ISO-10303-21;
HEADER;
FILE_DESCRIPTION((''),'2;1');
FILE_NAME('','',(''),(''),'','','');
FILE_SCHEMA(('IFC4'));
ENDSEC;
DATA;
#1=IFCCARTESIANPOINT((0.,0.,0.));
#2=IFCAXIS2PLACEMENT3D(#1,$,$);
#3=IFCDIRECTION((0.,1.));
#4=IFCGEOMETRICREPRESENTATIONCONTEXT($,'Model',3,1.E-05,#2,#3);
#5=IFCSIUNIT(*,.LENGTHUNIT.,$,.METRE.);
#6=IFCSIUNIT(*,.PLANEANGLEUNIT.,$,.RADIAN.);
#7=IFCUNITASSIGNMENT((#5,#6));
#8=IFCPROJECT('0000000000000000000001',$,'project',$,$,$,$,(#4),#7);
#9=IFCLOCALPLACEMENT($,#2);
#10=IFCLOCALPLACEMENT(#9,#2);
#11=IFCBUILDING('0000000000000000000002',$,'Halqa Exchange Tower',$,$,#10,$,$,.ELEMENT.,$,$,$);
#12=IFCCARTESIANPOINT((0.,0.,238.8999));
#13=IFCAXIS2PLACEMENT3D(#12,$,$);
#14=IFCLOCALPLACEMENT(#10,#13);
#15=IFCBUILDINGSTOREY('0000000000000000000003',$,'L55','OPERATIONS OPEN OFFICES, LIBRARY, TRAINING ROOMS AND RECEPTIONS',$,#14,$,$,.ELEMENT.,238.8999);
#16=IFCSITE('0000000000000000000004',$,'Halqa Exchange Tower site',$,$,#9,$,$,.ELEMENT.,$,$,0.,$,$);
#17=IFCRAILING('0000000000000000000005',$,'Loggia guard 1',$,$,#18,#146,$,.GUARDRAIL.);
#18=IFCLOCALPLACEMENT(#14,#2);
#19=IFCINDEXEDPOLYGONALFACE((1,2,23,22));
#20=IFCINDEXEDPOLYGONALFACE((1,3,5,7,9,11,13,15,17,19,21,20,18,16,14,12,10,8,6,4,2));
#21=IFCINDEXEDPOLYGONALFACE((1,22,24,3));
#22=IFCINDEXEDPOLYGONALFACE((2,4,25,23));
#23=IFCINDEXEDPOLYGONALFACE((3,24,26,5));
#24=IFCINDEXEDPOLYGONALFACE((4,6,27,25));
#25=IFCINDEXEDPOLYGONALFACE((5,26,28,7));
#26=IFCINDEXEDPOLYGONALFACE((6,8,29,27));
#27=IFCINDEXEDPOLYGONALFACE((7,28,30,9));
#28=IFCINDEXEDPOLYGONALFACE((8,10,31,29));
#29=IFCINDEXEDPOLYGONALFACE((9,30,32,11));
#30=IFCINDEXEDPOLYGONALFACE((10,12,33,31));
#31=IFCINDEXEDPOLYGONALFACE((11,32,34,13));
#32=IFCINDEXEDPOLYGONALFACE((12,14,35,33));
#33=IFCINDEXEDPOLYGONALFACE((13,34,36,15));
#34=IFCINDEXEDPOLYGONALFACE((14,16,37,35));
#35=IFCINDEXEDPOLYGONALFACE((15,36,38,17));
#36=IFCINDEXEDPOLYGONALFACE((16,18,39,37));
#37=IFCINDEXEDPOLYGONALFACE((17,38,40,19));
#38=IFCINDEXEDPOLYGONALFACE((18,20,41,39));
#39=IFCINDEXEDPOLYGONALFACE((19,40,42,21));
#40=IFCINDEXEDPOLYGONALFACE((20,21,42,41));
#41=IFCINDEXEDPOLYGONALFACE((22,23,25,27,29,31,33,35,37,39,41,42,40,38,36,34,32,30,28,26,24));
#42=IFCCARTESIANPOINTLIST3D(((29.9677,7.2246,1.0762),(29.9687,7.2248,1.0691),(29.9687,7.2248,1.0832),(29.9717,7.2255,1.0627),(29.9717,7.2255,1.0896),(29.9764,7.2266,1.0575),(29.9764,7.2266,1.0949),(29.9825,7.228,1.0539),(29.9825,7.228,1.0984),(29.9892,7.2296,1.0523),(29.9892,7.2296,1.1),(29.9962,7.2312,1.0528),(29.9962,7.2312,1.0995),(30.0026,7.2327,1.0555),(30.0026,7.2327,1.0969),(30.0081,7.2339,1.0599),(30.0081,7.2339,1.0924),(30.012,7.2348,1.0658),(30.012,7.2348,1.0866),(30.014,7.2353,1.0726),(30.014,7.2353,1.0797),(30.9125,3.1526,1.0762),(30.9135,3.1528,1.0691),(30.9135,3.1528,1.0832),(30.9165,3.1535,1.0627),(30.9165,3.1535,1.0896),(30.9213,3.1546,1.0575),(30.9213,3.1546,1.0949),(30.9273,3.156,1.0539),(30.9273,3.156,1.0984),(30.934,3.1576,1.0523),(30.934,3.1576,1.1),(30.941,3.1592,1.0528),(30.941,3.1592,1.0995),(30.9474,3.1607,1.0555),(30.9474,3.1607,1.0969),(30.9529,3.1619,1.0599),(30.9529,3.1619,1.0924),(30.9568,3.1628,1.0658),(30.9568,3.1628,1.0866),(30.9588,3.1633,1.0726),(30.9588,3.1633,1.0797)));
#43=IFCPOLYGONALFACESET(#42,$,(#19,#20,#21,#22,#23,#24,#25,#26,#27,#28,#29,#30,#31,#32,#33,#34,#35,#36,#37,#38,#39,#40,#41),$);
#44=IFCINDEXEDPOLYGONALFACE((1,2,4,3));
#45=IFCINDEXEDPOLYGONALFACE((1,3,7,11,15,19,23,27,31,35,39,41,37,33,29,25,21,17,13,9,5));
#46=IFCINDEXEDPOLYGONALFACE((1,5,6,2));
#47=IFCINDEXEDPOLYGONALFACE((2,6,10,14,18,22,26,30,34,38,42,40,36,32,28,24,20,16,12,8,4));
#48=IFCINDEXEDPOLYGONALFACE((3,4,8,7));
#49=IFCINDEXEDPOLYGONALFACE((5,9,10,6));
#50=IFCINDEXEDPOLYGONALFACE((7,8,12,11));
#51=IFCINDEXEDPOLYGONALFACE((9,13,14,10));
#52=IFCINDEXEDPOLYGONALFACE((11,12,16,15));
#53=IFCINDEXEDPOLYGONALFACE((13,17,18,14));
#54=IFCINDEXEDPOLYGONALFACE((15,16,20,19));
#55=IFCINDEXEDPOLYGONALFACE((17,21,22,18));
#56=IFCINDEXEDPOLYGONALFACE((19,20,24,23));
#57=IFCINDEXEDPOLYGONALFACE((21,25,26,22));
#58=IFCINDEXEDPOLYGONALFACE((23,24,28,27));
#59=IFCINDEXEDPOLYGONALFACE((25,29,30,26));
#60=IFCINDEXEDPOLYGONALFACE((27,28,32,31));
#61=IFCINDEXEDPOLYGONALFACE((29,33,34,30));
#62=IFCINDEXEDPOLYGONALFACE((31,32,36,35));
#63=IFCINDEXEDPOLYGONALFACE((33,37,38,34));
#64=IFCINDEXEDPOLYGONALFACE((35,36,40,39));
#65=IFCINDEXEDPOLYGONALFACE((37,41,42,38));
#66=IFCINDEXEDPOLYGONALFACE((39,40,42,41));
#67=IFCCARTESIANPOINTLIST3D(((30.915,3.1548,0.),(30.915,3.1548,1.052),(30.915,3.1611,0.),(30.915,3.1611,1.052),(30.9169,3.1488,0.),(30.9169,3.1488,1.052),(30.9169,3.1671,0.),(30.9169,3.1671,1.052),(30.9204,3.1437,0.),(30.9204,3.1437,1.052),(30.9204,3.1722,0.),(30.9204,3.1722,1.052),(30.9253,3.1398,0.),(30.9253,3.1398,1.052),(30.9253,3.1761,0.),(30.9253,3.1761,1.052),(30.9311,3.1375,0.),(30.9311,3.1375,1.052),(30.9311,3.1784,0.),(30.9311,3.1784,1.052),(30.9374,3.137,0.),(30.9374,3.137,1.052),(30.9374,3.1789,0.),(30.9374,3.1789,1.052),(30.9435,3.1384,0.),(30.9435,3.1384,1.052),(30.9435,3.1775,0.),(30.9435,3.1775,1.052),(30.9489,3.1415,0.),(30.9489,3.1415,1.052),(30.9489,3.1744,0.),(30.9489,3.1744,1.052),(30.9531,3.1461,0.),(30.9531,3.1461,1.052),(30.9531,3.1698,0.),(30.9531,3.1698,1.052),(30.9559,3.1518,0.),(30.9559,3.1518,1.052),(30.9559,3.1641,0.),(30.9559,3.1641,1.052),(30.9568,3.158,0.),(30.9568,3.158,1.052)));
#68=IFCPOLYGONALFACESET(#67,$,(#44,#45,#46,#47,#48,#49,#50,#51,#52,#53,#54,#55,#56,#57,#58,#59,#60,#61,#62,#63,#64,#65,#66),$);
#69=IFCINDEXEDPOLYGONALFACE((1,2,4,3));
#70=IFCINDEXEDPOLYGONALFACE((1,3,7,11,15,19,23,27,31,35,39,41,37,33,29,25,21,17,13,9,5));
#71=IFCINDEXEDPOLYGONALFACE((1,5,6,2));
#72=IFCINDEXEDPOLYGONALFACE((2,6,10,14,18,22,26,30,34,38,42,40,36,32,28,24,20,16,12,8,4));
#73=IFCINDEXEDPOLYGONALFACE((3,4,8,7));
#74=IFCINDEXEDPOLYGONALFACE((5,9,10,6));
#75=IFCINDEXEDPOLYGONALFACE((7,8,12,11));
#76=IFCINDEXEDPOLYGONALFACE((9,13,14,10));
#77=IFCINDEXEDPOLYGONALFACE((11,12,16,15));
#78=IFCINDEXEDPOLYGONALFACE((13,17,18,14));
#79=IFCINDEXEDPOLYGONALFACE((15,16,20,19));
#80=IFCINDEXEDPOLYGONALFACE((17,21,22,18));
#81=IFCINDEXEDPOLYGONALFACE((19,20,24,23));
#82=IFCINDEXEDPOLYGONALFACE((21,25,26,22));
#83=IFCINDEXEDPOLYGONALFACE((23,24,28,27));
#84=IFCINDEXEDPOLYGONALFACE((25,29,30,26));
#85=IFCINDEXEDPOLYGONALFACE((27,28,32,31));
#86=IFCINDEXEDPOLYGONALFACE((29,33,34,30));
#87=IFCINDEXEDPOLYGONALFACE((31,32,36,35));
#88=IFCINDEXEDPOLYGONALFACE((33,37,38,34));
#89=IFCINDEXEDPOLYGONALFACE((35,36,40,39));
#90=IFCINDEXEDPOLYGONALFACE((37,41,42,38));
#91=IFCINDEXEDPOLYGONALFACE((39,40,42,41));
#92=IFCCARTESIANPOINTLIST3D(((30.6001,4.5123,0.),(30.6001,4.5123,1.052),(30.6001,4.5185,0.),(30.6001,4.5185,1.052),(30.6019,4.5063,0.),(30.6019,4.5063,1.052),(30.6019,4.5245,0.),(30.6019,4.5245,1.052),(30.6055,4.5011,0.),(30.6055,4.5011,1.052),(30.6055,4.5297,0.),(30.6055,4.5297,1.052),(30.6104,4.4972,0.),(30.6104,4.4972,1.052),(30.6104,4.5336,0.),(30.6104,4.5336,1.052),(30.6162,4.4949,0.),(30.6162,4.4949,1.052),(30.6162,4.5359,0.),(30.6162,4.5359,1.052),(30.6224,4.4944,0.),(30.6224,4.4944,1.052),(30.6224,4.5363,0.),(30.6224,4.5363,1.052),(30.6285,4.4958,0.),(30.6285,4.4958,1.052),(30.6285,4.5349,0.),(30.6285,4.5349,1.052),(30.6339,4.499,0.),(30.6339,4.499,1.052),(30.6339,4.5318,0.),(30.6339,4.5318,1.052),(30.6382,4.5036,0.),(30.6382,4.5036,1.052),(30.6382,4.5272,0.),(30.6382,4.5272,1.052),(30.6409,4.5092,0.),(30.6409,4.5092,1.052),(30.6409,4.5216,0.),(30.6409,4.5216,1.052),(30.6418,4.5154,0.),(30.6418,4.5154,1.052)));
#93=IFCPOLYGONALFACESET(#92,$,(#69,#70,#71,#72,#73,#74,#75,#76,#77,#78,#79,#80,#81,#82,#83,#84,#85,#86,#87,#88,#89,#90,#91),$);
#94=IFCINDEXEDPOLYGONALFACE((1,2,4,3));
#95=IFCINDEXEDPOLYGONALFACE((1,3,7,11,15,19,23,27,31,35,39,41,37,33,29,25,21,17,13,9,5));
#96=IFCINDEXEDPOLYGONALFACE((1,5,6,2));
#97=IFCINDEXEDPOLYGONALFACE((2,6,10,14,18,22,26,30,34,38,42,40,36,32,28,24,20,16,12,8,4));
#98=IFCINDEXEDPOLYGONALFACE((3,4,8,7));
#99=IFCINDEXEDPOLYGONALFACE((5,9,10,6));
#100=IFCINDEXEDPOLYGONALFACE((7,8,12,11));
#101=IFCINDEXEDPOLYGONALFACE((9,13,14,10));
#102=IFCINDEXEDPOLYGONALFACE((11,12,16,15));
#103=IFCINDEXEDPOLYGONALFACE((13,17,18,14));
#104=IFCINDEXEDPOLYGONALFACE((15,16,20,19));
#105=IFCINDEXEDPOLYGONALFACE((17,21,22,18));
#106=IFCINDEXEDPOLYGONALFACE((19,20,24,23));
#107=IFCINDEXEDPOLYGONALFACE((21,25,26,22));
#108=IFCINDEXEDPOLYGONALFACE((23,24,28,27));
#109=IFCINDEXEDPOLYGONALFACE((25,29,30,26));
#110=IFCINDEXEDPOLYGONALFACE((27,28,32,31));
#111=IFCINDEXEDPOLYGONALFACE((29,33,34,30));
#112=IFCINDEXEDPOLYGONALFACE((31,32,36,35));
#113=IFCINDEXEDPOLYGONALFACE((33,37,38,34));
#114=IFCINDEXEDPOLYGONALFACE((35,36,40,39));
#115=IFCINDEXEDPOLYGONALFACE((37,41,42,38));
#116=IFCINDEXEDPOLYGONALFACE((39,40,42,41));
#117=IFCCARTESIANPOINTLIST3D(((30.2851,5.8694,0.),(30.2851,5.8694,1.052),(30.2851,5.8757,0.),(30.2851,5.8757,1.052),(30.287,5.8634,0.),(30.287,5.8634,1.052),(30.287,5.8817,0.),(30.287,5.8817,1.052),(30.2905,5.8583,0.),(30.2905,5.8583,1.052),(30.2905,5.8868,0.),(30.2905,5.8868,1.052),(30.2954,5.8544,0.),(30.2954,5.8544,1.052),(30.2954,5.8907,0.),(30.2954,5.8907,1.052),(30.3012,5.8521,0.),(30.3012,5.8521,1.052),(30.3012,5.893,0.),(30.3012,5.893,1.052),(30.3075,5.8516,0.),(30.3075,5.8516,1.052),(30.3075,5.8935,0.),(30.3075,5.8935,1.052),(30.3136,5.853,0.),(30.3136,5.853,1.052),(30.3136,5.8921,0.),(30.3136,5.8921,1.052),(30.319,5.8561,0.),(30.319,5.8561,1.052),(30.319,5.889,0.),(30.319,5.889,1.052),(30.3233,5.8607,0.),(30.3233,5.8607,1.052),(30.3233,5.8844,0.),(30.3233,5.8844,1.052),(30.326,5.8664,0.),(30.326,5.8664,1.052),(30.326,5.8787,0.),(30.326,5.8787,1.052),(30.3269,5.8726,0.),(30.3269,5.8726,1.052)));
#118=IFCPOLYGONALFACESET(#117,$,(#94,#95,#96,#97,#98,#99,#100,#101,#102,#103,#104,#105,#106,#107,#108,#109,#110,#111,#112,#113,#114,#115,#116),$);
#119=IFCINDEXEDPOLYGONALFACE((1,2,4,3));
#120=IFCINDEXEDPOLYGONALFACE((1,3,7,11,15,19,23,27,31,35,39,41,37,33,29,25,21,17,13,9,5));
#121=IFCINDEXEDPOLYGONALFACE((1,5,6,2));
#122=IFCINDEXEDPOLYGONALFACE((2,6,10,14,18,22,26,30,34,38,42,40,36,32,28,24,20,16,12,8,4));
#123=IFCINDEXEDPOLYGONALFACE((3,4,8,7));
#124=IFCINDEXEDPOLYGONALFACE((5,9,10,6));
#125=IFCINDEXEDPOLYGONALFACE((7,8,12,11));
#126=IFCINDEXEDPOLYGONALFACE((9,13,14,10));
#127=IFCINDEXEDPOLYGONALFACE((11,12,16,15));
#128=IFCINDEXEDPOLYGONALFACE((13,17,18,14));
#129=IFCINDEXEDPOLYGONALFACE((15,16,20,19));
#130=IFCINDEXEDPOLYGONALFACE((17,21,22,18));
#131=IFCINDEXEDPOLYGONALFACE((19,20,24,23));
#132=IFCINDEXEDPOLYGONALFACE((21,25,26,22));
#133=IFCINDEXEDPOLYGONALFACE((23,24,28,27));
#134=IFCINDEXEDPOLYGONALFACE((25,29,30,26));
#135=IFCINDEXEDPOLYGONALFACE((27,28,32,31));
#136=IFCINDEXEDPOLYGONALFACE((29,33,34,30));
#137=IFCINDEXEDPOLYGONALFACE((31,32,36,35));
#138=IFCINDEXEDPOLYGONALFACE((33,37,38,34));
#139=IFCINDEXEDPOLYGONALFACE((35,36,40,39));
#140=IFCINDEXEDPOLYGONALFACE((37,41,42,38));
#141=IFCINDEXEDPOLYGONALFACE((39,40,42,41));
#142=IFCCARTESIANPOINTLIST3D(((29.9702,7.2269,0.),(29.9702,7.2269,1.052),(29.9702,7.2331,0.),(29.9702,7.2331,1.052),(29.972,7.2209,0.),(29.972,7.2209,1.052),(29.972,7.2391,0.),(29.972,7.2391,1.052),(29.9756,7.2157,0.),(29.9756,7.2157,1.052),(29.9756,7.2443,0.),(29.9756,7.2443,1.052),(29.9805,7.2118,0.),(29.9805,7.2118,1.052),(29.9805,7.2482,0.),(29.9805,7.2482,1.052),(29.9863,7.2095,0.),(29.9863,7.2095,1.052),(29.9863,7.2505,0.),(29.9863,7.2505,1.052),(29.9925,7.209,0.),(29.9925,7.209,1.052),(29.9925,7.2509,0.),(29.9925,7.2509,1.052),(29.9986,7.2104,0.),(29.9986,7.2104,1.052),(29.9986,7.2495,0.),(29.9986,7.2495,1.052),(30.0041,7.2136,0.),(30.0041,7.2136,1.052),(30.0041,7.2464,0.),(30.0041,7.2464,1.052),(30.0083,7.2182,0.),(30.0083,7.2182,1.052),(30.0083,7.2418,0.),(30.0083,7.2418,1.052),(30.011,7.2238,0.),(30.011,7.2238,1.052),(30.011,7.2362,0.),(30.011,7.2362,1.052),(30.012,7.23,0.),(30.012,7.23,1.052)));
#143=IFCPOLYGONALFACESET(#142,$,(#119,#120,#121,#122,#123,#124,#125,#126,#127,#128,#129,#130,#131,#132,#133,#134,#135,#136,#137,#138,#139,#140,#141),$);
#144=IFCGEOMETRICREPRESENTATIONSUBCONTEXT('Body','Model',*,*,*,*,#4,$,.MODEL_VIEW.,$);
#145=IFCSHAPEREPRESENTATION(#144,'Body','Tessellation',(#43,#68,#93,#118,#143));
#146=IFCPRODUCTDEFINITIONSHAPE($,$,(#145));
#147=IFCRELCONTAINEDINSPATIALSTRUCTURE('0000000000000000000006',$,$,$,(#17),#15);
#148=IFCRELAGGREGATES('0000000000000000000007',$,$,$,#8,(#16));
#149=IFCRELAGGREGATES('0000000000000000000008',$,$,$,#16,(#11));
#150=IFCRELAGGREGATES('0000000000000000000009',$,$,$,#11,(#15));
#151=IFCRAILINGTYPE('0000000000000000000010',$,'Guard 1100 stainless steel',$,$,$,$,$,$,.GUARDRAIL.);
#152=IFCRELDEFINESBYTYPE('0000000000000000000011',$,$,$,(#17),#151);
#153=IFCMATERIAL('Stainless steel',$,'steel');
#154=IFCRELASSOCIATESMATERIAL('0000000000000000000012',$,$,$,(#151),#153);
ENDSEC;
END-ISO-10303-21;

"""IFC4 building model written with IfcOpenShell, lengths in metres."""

from ifc_helpers import new_model, si_unit, direction, frame, origin, origin_2d, place, context, subcontext, project, spatial, circle, extrude, material, type_object, element, save


model = new_model("IFC4")

# Units and contexts
model_context = context("Model", 3, precision=1e-05, world=origin(), true_north=direction((0.0, 1.0)))
body_context = subcontext(model_context, "Body", "Model", "MODEL_VIEW")
ifc_project = project(units=[si_unit("LENGTHUNIT", "METRE"), si_unit("PLANEANGLEUNIT", "RADIAN")], contexts=[model_context])

# Site, building, storey
site_placement = place(None, origin())
site = spatial("IfcSite", under=ifc_project, at=site_placement, Name="Halqa Exchange Tower site", CompositionType="ELEMENT", RefElevation=0.0)
building_placement = place(site_placement, origin())
building = spatial("IfcBuilding", under=site, at=building_placement, Name="Halqa Exchange Tower", CompositionType="ELEMENT")
storey_placement = place(building_placement, frame((0.0, 0.0, 238.8999)))
storey = spatial("IfcBuildingStorey", under=building, at=storey_placement, Name="L55", Description="OPERATIONS OPEN OFFICES, LIBRARY, TRAINING ROOMS AND RECEPTIONS", CompositionType="ELEMENT", Elevation=238.8999)

# Railing
ifc_material_1 = material(Name="Stainless steel", Category="steel")
railing_type = type_object("IfcRailingType", Name="Guard 1100 stainless steel", PredefinedType="GUARDRAIL", material=ifc_material_1)
railing_1_placement = place(storey_placement, frame((30.9358, 3.158, 0.0)))
element("IfcRailing", 1, at=railing_1_placement, inside=storey, type_object=railing_type, Name="Loggia guard 1", PredefinedType="GUARDRAIL", context=body_context, shape_type="SweptSolid", body=[
    extrude(circle(Radius=0.0239, at=origin_2d()), frame((0.0, 0.0, 1.0762), z_axis=(-0.226024, 0.974122, 0.0), x_axis=(-0.974122, -0.226024, 0.0)), (0.0, 0.0, 1.0), 4.1802),
    extrude(circle(Radius=0.021, at=origin_2d()), origin(), (0.0, 0.0, 1.0), 1.052),
    extrude(circle(Radius=0.021, at=origin_2d()), frame((-0.3149, 1.3574, 0.0)), (0.0, 0.0, 1.0), 1.052),
    extrude(circle(Radius=0.021, at=origin_2d()), frame((-0.6299, 2.7146, 0.0)), (0.0, 0.0, 1.0), 1.052),
    extrude(circle(Radius=0.021, at=origin_2d()), frame((-0.9448, 4.072, 0.0)), (0.0, 0.0, 1.0), 1.052),
])

save(model, "model.ifc")
